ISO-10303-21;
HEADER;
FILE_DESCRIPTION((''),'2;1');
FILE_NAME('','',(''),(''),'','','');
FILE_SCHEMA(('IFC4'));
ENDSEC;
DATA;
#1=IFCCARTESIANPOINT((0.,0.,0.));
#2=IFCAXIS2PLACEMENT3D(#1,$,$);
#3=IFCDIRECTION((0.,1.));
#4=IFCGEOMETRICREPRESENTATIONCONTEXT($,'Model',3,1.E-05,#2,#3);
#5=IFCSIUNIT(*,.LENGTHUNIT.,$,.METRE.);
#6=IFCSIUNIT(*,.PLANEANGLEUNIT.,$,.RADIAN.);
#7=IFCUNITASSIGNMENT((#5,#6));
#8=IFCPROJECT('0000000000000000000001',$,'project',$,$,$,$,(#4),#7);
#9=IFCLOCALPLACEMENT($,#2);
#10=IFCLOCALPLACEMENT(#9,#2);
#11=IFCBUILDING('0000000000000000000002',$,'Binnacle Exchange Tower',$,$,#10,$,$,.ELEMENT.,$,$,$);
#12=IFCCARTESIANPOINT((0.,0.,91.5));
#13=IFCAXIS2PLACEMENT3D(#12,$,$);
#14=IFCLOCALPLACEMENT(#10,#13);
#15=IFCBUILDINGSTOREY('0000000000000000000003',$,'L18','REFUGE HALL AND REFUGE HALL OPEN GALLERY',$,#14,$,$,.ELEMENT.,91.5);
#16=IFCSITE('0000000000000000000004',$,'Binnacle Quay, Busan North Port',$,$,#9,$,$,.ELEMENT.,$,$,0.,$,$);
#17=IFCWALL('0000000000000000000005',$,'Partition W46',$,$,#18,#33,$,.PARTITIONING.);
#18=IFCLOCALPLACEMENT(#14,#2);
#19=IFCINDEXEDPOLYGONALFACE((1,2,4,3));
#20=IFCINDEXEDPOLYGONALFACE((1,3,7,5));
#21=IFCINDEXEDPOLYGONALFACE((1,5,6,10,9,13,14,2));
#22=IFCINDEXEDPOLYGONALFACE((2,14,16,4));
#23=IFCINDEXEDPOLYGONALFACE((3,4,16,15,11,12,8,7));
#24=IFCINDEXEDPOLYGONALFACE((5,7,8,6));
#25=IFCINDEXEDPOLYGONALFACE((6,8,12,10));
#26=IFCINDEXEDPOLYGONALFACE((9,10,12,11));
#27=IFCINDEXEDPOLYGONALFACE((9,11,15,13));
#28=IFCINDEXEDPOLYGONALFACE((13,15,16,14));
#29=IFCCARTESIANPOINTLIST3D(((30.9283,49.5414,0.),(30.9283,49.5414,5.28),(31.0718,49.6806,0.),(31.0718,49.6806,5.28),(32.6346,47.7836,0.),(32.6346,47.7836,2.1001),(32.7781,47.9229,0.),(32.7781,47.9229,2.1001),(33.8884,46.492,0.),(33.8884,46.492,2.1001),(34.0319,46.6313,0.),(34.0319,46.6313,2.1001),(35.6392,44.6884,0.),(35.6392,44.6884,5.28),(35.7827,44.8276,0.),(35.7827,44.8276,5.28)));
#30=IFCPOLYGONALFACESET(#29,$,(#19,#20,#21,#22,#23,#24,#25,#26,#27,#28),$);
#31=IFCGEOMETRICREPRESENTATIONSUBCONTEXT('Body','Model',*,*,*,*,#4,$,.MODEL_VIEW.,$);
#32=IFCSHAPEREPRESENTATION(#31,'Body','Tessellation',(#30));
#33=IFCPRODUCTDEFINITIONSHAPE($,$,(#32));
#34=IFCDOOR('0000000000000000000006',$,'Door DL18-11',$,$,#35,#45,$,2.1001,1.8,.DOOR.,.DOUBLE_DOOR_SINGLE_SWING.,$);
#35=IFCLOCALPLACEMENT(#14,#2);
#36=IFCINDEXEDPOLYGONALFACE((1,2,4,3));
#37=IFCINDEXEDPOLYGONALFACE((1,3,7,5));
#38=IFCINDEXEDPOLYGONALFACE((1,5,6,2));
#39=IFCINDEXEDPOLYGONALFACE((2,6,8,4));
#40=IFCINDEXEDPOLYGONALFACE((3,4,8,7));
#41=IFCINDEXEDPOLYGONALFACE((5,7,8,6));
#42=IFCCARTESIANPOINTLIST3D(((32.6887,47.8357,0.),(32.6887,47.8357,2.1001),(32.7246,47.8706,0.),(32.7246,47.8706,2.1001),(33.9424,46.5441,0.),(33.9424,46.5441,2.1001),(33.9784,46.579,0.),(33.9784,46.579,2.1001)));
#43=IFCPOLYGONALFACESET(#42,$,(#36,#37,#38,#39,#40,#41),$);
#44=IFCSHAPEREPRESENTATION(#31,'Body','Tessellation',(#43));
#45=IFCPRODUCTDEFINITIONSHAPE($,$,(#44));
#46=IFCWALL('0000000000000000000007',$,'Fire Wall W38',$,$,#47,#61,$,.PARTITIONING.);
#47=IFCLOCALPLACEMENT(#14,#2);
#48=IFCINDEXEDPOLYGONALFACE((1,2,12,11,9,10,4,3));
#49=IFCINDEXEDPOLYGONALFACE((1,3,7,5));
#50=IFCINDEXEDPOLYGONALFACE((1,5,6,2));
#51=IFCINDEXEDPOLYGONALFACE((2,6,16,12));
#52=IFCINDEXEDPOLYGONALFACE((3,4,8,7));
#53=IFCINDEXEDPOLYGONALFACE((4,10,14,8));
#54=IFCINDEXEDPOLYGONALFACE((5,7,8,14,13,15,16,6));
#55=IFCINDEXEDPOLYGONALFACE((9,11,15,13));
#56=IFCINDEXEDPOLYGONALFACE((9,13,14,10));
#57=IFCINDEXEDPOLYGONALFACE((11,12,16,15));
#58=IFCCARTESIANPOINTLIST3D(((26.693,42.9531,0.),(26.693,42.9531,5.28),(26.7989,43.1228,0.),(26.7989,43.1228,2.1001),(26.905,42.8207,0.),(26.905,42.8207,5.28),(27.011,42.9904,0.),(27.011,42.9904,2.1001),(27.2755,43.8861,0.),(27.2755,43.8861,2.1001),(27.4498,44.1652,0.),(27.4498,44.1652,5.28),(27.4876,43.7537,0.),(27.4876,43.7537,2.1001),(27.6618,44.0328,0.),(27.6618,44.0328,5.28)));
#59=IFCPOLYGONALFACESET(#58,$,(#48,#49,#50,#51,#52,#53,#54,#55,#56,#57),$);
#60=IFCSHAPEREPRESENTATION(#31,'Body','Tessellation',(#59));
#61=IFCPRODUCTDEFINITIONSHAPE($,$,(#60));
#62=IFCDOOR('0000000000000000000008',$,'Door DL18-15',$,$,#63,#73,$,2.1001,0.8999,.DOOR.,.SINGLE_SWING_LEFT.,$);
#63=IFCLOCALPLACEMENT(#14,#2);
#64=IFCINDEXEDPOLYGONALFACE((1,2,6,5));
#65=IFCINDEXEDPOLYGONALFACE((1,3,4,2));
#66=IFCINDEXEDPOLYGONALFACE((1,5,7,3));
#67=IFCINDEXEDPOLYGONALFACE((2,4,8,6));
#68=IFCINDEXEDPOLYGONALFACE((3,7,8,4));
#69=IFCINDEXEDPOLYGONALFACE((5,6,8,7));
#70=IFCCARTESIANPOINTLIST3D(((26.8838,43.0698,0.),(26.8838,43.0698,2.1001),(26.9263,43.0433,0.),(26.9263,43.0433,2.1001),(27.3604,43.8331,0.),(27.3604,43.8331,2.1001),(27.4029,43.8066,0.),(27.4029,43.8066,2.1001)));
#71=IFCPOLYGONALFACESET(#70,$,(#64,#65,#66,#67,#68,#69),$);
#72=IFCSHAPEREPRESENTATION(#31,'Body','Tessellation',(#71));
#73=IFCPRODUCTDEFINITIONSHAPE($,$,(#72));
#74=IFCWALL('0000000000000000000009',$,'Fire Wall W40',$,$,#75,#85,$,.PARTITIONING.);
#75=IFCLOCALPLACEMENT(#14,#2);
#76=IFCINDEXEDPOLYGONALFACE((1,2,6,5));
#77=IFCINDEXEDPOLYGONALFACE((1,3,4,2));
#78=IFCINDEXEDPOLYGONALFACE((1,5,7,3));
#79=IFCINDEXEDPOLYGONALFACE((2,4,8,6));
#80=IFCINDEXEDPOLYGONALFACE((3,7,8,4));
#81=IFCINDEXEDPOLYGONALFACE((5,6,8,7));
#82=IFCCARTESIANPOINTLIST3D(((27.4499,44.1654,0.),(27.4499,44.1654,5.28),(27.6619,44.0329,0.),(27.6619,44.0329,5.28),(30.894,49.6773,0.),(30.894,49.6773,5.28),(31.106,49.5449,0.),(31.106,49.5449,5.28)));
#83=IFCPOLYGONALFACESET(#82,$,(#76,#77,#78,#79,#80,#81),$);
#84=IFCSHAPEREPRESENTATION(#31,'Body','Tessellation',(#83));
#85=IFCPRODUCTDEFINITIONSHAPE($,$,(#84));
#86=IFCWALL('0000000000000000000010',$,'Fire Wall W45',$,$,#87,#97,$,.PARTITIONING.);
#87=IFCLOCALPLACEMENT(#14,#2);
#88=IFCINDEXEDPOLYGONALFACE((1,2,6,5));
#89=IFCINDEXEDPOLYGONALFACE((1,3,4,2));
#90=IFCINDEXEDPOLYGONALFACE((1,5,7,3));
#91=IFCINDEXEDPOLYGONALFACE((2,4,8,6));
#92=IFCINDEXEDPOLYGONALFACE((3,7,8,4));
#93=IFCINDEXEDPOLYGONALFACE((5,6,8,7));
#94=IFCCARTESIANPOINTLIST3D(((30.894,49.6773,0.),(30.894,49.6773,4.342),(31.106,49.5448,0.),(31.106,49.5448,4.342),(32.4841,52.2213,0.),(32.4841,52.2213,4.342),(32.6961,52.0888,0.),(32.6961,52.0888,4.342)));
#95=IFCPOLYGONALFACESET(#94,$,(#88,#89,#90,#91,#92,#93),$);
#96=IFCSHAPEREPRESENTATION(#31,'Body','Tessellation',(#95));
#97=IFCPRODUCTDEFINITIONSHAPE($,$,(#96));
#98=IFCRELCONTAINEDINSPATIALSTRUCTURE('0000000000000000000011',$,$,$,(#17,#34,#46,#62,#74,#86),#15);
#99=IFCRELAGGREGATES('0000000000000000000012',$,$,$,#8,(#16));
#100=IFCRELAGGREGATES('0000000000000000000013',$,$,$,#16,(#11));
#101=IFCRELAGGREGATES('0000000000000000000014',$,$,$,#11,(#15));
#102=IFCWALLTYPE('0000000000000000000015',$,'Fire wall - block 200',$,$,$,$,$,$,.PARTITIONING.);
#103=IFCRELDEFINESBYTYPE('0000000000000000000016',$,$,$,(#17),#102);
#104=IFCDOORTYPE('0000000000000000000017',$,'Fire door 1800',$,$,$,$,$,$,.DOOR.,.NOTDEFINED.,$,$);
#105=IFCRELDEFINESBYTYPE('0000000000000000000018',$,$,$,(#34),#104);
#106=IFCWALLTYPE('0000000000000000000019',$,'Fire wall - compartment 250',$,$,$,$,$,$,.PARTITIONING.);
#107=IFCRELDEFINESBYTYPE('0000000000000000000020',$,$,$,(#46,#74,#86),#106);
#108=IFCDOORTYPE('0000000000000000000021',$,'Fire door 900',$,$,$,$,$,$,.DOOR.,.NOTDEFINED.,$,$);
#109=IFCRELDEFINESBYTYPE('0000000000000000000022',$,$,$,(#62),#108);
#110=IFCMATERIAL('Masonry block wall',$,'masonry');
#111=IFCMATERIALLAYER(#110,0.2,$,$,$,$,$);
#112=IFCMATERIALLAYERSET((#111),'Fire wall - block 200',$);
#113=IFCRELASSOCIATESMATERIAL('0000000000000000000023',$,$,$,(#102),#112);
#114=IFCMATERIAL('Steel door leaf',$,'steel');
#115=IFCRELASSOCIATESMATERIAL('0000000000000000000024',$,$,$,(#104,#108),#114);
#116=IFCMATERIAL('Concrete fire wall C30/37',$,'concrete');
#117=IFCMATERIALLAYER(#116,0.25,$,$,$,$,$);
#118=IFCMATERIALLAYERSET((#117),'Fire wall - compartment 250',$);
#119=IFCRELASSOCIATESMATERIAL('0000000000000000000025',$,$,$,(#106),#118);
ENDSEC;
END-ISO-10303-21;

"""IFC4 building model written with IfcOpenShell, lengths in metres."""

from ifc_helpers import new_model, si_unit, direction, frame, frame_2d, origin, place, context, subcontext, project, spatial, rectangle, extrude, material, layer, layer_set, type_object, element, fill, save


model = new_model("IFC4")

# Units and contexts
model_context = context("Model", 3, precision=1e-05, world=origin(), true_north=direction((0.0, 1.0)))
body_context = subcontext(model_context, "Body", "Model", "MODEL_VIEW")
ifc_project = project(units=[si_unit("LENGTHUNIT", "METRE"), si_unit("PLANEANGLEUNIT", "RADIAN")], contexts=[model_context])

# Site, building, storey
site_placement = place(None, origin())
site = spatial("IfcSite", under=ifc_project, at=site_placement, Name="Binnacle Quay, Busan North Port", CompositionType="ELEMENT", RefElevation=0.0)
building_placement = place(site_placement, origin())
building = spatial("IfcBuilding", under=site, at=building_placement, Name="Binnacle Exchange Tower", CompositionType="ELEMENT")
storey_placement = place(building_placement, frame((0.0, 0.0, 91.5)))
storey = spatial("IfcBuildingStorey", under=building, at=storey_placement, Name="L18", Description="REFUGE HALL AND REFUGE HALL OPEN GALLERY", CompositionType="ELEMENT", Elevation=91.5)

# Shared definitions
ifc_material_1 = material(Name="Steel door leaf", Category="steel")

# Shared definitions
ifc_material_2 = material(Name="Masonry block wall", Category="masonry")
ifc_layer_1 = layer(ifc_material_2, 0.2)
ifc_layer_set_1 = layer_set([ifc_layer_1], Name="Fire wall - block 200")
wall_type_1 = type_object("IfcWallType", Name="Fire wall - block 200", PredefinedType="PARTITIONING", material=ifc_layer_set_1)

# Walls, openings, doors
door_type_1 = type_object("IfcDoorType", Name="Fire door 1800", OperationType="NOTDEFINED", PredefinedType="DOOR", material=ifc_material_1)
wall_1_placement = place(storey_placement, frame((31.0, 49.6111, 0.0), z_axis=(0.0, 0.0, 1.0), x_axis=(0.696525, -0.717533, 0.0)))
wall_1 = element("IfcWall", 1, at=wall_1_placement, inside=storey, type_object=wall_type_1, Name="Partition W46", PredefinedType="PARTITIONING", context=body_context, shape_type="SweptSolid", body=[
    extrude(rectangle(XDim=6.7634, YDim=0.2, at=frame_2d((3.3818, 0.0))), origin(), (0.0, 0.0, 1.0), 5.28),
])
opening_1_placement = place(wall_1_placement, frame((2.45, 0.0, 0.0)))
opening_1 = element("IfcOpeningElement", 2, at=opening_1_placement, cuts=wall_1, PredefinedType="OPENING", context=body_context, shape_type="SweptSolid", body=[
    extrude(rectangle(XDim=1.8, YDim=2.1001, at=frame_2d((0.8999, 1.05))), frame((0.0, 0.1099, 0.0), z_axis=(0.0, -1.0, 0.0), x_axis=(1.0, 0.0, 0.0)), (0.0, 0.0, 1.0), 0.22),
])
door_1_placement = place(opening_1_placement, frame((1.8, 0.0, 0.0), z_axis=(0.0, 0.0, 1.0), x_axis=(-1.0, 0.0, 0.0)))
door_1 = element("IfcDoor", 3, at=door_1_placement, inside=storey, type_object=door_type_1, Name="Door DL18-11", OperationType="DOUBLE_DOOR_SINGLE_SWING", OverallHeight=2.1001, OverallWidth=1.8, PredefinedType="DOOR", context=body_context, shape_type="SweptSolid", body=[
    extrude(rectangle(XDim=1.8, YDim=2.1001, at=frame_2d((0.8999, 1.05))), frame((0.0, 0.0249, 0.0), z_axis=(0.0, -1.0, 0.0), x_axis=(1.0, 0.0, 0.0)), (0.0, 0.0, 1.0), 0.05),
])
fill(opening_1, door_1)
ifc_material_3 = material(Name="Concrete fire wall C30/37", Category="concrete")
ifc_layer_2 = layer(ifc_material_3, 0.25)
ifc_layer_set_2 = layer_set([ifc_layer_2], Name="Fire wall - compartment 250")
wall_type_2 = type_object("IfcWallType", Name="Fire wall - compartment 250", PredefinedType="PARTITIONING", material=ifc_layer_set_2)
wall_2_placement = place(storey_placement, frame((26.7991, 42.887, 0.0), z_axis=(0.0, 0.0, 1.0), x_axis=(0.529615, 0.848238, 0.0)))
wall_2 = element("IfcWall", 4, at=wall_2_placement, inside=storey, type_object=wall_type_2, Name="Fire Wall W38", PredefinedType="PARTITIONING", context=body_context, shape_type="SweptSolid", body=[
    extrude(rectangle(XDim=1.429, YDim=0.25, at=frame_2d((0.7144, 0.0))), origin(), (0.0, 0.0, 1.0), 5.28),
])
opening_2_placement = place(wall_2_placement, frame((0.2, 0.0, 0.0)))
opening_2 = element("IfcOpeningElement", 5, at=opening_2_placement, cuts=wall_2, PredefinedType="OPENING", context=body_context, shape_type="SweptSolid", body=[
    extrude(rectangle(XDim=0.8999, YDim=2.1001, at=frame_2d((0.45, 1.05))), frame((0.0, 0.135, 0.0), z_axis=(0.0, -1.0, 0.0), x_axis=(1.0, 0.0, 0.0)), (0.0, 0.0, 1.0), 0.27),
])
door_type_2 = type_object("IfcDoorType", Name="Fire door 900", OperationType="NOTDEFINED", PredefinedType="DOOR", material=ifc_material_1)
door_2_placement = place(opening_2_placement, origin())
door_2 = element("IfcDoor", 6, at=door_2_placement, inside=storey, type_object=door_type_2, Name="Door DL18-15", OperationType="SINGLE_SWING_LEFT", OverallHeight=2.1001, OverallWidth=0.8999, PredefinedType="DOOR", context=body_context, shape_type="SweptSolid", body=[
    extrude(rectangle(XDim=0.8999, YDim=2.1001, at=frame_2d((0.45, 1.05))), frame((0.0, 0.0249, 0.0), z_axis=(0.0, -1.0, 0.0), x_axis=(1.0, 0.0, 0.0)), (0.0, 0.0, 1.0), 0.05),
])
fill(opening_2, door_2)

# Walls
wall_3_placement = place(storey_placement, frame((27.5559, 44.0991, 0.0), z_axis=(0.0, 0.0, 1.0), x_axis=(0.529901, 0.848059, 0.0)))
element("IfcWall", 7, at=wall_3_placement, inside=storey, type_object=wall_type_2, Name="Fire Wall W40", PredefinedType="PARTITIONING", context=body_context, shape_type="SweptSolid", body=[
    extrude(rectangle(XDim=6.4995, YDim=0.25, at=frame_2d((3.2498, 0.0))), origin(), (0.0, 0.0, 1.0), 5.28),
])
wall_4_placement = place(storey_placement, frame((31.0, 49.6111, 0.0), z_axis=(0.0, 0.0, 1.0), x_axis=(0.530028, 0.84798, 0.0)))
element("IfcWall", 8, at=wall_4_placement, inside=storey, type_object=wall_type_2, Name="Fire Wall W45", PredefinedType="PARTITIONING", context=body_context, shape_type="SweptSolid", body=[
    extrude(rectangle(XDim=3.0, YDim=0.25, at=frame_2d((1.5, 0.0))), origin(), (0.0, 0.0, 1.0), 4.342),
])

save(model, "model.ifc")
